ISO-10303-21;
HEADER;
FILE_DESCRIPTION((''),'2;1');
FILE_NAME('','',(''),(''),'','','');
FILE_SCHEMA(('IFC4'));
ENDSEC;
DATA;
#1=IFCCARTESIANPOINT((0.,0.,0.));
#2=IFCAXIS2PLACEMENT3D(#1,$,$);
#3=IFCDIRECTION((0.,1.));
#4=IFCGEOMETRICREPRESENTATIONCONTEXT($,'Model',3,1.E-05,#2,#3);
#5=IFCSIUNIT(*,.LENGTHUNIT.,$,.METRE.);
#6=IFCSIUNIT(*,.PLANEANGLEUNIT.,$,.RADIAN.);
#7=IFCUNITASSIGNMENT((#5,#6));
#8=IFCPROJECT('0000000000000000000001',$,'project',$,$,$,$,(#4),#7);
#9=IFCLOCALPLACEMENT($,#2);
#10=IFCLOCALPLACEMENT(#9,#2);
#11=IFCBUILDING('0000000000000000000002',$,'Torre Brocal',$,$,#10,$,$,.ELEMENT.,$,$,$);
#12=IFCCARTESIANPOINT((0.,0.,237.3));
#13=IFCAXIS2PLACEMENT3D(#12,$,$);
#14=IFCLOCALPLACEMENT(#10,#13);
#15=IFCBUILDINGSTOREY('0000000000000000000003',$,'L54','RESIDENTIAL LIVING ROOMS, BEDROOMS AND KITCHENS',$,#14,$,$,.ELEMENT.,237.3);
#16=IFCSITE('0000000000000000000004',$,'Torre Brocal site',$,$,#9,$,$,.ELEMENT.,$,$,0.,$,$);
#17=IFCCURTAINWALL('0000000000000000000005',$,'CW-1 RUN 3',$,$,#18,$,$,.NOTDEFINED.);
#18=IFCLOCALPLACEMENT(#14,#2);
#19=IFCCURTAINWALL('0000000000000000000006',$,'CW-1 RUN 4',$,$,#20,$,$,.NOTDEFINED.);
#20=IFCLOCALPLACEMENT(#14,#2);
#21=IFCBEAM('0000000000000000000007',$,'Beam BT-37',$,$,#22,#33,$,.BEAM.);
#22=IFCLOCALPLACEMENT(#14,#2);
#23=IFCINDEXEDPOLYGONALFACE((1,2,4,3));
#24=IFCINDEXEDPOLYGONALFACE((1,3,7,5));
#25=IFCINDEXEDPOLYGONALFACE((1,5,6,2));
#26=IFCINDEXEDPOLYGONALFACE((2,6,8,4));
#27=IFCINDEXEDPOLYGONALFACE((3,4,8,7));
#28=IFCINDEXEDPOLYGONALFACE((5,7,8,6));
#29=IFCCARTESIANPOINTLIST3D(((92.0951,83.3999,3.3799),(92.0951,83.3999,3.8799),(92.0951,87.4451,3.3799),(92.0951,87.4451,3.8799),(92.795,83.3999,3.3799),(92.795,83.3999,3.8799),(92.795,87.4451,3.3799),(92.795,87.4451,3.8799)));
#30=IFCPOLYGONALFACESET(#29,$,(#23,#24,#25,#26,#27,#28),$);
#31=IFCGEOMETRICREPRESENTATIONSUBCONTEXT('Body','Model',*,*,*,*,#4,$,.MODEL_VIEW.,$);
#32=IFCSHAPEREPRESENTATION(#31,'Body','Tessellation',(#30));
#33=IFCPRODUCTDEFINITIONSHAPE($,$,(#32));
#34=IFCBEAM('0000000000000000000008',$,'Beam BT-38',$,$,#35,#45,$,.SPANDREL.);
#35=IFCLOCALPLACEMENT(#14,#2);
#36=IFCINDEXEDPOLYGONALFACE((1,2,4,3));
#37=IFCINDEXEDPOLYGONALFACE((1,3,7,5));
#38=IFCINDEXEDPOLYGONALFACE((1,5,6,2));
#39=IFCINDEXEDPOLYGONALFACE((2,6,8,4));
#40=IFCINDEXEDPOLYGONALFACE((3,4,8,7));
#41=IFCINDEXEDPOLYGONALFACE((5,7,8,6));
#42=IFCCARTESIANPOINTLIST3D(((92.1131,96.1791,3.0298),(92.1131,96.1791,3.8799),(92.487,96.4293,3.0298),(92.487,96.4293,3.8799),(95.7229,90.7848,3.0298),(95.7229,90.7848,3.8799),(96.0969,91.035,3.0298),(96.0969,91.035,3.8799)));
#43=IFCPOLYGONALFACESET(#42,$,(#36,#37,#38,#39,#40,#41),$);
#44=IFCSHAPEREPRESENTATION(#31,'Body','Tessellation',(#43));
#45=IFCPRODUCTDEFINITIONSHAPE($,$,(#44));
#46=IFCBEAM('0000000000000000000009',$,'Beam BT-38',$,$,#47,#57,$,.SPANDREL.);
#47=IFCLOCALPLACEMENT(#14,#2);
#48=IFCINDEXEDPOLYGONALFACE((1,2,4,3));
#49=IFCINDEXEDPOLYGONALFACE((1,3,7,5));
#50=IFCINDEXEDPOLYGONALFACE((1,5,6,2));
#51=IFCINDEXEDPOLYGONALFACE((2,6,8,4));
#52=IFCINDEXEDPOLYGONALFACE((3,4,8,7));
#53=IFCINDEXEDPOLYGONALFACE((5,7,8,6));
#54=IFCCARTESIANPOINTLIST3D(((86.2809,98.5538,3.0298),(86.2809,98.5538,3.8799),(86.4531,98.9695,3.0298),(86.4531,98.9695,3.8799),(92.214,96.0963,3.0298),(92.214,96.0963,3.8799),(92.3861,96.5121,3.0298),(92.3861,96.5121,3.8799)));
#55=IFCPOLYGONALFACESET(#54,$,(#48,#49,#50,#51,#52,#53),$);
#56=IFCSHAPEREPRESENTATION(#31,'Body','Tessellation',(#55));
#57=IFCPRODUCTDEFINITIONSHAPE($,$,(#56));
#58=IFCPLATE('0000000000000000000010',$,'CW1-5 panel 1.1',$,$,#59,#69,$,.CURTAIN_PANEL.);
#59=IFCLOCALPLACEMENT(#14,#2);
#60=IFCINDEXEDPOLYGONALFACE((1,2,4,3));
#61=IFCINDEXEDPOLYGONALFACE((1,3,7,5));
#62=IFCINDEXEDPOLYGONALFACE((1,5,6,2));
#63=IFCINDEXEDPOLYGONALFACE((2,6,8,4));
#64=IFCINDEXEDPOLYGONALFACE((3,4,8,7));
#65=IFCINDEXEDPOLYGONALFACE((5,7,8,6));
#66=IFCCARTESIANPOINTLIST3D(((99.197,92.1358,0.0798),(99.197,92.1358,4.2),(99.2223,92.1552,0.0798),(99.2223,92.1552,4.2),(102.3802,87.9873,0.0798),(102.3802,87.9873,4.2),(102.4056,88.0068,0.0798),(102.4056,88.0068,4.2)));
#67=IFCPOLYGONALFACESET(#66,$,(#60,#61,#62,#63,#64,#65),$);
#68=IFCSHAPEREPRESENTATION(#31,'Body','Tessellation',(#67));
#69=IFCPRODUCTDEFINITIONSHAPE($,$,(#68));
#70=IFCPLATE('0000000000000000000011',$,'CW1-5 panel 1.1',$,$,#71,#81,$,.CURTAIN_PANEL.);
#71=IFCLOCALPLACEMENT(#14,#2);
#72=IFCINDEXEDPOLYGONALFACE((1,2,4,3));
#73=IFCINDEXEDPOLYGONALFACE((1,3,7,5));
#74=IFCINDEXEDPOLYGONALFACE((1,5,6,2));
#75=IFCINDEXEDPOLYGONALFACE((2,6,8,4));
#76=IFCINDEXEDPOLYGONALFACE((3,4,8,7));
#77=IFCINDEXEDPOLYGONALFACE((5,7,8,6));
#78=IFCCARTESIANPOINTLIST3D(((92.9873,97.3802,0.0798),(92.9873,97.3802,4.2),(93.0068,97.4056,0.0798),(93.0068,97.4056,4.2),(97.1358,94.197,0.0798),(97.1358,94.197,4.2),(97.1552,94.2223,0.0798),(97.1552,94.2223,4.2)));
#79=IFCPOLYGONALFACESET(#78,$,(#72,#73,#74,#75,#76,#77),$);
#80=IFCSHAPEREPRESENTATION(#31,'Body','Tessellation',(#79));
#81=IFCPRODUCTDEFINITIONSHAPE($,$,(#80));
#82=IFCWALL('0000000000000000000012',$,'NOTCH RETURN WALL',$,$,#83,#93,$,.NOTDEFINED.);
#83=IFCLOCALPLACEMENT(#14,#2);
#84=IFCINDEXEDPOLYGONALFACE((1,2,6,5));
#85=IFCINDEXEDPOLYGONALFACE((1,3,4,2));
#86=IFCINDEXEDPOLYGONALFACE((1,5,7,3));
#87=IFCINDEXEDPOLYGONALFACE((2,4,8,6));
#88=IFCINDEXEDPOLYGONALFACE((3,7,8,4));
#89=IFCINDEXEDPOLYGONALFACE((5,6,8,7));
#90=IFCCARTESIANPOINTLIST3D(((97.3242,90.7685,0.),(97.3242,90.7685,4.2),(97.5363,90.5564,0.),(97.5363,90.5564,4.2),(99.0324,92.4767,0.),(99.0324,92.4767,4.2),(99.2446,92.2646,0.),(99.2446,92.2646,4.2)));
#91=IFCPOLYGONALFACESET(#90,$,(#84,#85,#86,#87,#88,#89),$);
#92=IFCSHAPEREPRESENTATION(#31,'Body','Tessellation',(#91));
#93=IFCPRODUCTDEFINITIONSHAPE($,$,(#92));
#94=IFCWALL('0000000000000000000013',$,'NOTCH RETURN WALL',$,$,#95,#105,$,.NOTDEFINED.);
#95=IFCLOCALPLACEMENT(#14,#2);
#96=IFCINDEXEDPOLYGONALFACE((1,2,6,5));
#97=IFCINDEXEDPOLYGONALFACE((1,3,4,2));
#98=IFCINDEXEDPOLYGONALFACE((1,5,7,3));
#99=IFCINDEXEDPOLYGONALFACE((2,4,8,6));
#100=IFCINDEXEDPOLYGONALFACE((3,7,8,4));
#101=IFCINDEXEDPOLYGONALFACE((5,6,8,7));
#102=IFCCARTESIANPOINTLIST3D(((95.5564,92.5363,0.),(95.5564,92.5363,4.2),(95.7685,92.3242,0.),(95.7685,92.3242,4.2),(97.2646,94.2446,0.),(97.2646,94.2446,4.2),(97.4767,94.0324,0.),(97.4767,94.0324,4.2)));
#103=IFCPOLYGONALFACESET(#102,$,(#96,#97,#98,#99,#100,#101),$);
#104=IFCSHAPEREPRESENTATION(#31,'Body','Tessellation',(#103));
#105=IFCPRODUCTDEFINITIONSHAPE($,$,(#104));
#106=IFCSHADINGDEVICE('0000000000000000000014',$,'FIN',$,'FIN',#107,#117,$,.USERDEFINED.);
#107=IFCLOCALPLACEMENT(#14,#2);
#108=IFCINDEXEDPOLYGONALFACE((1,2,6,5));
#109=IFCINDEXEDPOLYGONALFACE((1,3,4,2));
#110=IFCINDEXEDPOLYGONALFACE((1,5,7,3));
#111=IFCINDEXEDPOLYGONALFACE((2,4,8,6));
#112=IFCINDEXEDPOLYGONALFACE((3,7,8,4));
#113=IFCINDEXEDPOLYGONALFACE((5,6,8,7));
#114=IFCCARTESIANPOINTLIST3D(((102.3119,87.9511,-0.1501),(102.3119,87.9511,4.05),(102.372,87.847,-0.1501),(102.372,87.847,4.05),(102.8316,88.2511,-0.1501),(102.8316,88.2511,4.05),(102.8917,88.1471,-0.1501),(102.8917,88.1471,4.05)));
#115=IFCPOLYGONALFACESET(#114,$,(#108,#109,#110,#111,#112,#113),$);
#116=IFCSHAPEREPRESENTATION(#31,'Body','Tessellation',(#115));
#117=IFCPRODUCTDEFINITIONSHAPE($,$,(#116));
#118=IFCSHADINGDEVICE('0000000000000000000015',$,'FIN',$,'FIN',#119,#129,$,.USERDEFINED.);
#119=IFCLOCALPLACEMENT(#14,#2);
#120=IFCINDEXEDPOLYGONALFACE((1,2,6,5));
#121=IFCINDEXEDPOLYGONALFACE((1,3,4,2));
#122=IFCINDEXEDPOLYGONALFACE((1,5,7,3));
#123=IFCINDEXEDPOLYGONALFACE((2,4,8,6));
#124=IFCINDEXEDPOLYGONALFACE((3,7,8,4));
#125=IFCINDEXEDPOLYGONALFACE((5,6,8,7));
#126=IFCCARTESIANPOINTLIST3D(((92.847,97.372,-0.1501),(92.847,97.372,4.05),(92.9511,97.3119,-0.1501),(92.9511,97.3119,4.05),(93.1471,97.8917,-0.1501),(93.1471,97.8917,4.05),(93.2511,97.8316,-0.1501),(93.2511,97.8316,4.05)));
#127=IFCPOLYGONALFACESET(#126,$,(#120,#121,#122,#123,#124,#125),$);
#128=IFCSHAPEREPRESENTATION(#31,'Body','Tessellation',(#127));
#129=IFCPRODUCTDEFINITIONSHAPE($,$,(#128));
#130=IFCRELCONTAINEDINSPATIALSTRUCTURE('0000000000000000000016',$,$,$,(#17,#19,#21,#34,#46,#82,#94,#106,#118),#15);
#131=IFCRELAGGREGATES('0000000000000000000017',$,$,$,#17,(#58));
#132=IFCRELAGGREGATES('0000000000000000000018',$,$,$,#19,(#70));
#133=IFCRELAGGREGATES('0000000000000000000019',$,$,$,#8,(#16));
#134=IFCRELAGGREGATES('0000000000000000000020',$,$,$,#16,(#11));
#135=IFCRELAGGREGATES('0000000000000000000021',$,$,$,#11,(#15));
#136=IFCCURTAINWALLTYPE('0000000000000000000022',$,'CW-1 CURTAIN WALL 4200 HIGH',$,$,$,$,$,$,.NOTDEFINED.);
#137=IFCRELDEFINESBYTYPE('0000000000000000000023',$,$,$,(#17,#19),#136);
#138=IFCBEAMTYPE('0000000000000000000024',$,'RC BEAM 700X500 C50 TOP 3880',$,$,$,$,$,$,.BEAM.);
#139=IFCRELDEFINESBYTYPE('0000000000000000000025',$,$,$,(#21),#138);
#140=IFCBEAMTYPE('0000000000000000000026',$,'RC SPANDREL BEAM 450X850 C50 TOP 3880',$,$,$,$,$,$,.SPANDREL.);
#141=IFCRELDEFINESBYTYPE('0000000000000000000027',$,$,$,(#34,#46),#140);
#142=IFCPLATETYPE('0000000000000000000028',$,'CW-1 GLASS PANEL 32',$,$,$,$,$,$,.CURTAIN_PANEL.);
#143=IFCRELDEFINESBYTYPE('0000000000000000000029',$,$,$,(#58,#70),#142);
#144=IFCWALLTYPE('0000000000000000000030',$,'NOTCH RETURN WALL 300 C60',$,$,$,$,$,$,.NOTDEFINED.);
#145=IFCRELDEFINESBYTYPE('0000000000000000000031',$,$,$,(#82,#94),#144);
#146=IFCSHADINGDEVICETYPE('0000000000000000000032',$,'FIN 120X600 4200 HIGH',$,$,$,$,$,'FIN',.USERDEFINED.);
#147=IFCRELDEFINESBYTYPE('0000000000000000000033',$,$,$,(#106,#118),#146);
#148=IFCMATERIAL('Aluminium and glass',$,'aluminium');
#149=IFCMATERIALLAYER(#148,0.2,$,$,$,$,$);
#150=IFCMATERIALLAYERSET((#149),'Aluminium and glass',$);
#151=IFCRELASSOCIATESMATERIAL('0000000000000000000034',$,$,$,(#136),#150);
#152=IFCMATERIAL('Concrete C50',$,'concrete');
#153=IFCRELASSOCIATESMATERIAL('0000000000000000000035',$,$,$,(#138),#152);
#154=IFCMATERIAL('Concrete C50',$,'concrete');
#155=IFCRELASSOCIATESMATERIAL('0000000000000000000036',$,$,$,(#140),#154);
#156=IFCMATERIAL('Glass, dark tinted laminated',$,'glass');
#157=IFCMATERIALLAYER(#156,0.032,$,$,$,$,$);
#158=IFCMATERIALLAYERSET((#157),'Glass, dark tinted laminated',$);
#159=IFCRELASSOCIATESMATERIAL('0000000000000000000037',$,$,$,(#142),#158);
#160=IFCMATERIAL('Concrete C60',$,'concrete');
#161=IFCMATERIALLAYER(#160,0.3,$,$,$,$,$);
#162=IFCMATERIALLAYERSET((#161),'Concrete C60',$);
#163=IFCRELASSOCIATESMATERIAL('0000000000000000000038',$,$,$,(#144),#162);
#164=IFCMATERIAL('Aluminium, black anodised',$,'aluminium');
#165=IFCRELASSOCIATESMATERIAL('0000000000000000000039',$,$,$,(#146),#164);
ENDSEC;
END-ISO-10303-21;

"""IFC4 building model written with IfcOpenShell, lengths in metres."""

from ifc_helpers import new_model, si_unit, direction, frame, frame_2d, origin, origin_2d, place, context, subcontext, project, spatial, rectangle, extrude, material, layer, layer_set, material_profile, profile_set, type_object, element, aggregate, save


model = new_model("IFC4")

# Units and contexts
model_context = context("Model", 3, precision=1e-05, world=origin(), true_north=direction((0.0, 1.0)))
body_context = subcontext(model_context, "Body", "Model", "MODEL_VIEW")
ifc_project = project(units=[si_unit("LENGTHUNIT", "METRE"), si_unit("PLANEANGLEUNIT", "RADIAN")], contexts=[model_context])

# Site, building, storey
site_placement = place(None, origin())
site = spatial("IfcSite", under=ifc_project, at=site_placement, Name="Torre Brocal site", CompositionType="ELEMENT", RefElevation=0.0)
building_placement = place(site_placement, origin())
building = spatial("IfcBuilding", under=site, at=building_placement, Name="Torre Brocal", CompositionType="ELEMENT")
storey_placement = place(building_placement, frame((0.0, 0.0, 237.3)))
storey = spatial("IfcBuildingStorey", under=building, at=storey_placement, Name="L54", Description="RESIDENTIAL LIVING ROOMS, BEDROOMS AND KITCHENS", CompositionType="ELEMENT", Elevation=237.3)

# Shared definitions
ifc_material_1 = material(Name="Aluminium and glass", Category="aluminium")
ifc_layer_1 = layer(ifc_material_1, 0.2)
ifc_layer_set_1 = layer_set([ifc_layer_1], Name="Aluminium and glass")
curtain_wall_type = type_object("IfcCurtainWallType", Name="CW-1 CURTAIN WALL 4200 HIGH", PredefinedType="NOTDEFINED", material=ifc_layer_set_1)

# Curtain walls
curtain_wall_1_placement = place(storey_placement, origin())
curtain_wall_1 = element("IfcCurtainWall", 1, at=curtain_wall_1_placement, inside=storey, type_object=curtain_wall_type, Name="CW-1 RUN 3", PredefinedType="NOTDEFINED")
curtain_wall_2_placement = place(storey_placement, origin())
curtain_wall_2 = element("IfcCurtainWall", 2, at=curtain_wall_2_placement, inside=storey, type_object=curtain_wall_type, Name="CW-1 RUN 4", PredefinedType="NOTDEFINED")

# Beams
ifc_material_2 = material(Name="Concrete C50", Category="concrete")
ifc_material_profile_1 = material_profile(ifc_material_2, rectangle(XDim=0.7, YDim=0.5, at=origin_2d()), Name="RC 700X500")
ifc_profile_set_1 = profile_set([ifc_material_profile_1], Name="Concrete C50")
beam_type_1 = type_object("IfcBeamType", Name="RC BEAM 700X500 C50 TOP 3880", PredefinedType="BEAM", material=ifc_profile_set_1)
beam_1_placement = place(storey_placement, frame((92.4451, 87.4451, 3.6299), z_axis=(0.0, -1.0, 0.0), x_axis=(1.0, 0.0, 0.0)))
element("IfcBeam", 3, at=beam_1_placement, inside=storey, type_object=beam_type_1, Name="Beam BT-37", PredefinedType="BEAM", context=body_context, shape_type="SweptSolid", body=[
    extrude(rectangle(XDim=0.7, YDim=0.5, at=origin_2d()), origin(), (0.0, 0.0, 1.0), 4.0452),
])
ifc_material_3 = material(Name="Concrete C50", Category="concrete")
ifc_material_profile_2 = material_profile(ifc_material_3, rectangle(XDim=0.45, YDim=0.8501, at=origin_2d()), Name="RC 450X850")
ifc_profile_set_2 = profile_set([ifc_material_profile_2], Name="Concrete C50")
beam_type_2 = type_object("IfcBeamType", Name="RC SPANDREL BEAM 450X850 C50 TOP 3880", PredefinedType="SPANDREL", material=ifc_profile_set_2)
beam_2_placement = place(storey_placement, frame((95.9099, 90.9099, 3.4548), z_axis=(-0.556158, 0.831077, 0.0), x_axis=(-0.831077, -0.556158, 0.0)))
element("IfcBeam", 4, at=beam_2_placement, inside=storey, type_object=beam_type_2, Name="Beam BT-38", PredefinedType="SPANDREL", context=body_context, shape_type="SweptSolid", body=[
    extrude(rectangle(XDim=0.45, YDim=0.8501, at=origin_2d()), origin(), (0.0, 0.0, 1.0), 6.4907),
])
beam_3_placement = place(storey_placement, frame((92.3, 96.3042, 3.4548), z_axis=(-0.923882, 0.382676, 0.0), x_axis=(-0.382676, -0.923882, 0.0)))
element("IfcBeam", 5, at=beam_3_placement, inside=storey, type_object=beam_type_2, Name="Beam BT-38", PredefinedType="SPANDREL", context=body_context, shape_type="SweptSolid", body=[
    extrude(rectangle(XDim=0.45, YDim=0.8501, at=origin_2d()), origin(), (0.0, 0.0, 1.0), 6.4219),
])

# Plates
ifc_material_4 = material(Name="Glass, dark tinted laminated", Category="glass")
ifc_layer_2 = layer(ifc_material_4, 0.032)
ifc_layer_set_2 = layer_set([ifc_layer_2], Name="Glass, dark tinted laminated")
plate_type = type_object("IfcPlateType", Name="CW-1 GLASS PANEL 32", PredefinedType="CURTAIN_PANEL", material=ifc_layer_set_2)
plate_1_placement = place(storey_placement, frame((100.8013, 90.0713, 0.0798), z_axis=(0.0, 0.0, 1.0), x_axis=(-0.608761, 0.793353, 0.0)))
plate_1 = element("IfcPlate", 6, at=plate_1_placement, type_object=plate_type, Name="CW1-5 panel 1.1", PredefinedType="CURTAIN_PANEL", context=body_context, shape_type="SweptSolid", body=[
    extrude(rectangle(XDim=5.229, YDim=0.032, at=origin_2d()), origin(), (0.0, 0.0, 1.0), 4.1201),
])
aggregate(curtain_wall_1, [plate_1])
plate_2_placement = place(storey_placement, frame((95.0713, 95.8013, 0.0798), z_axis=(0.0, 0.0, 1.0), x_axis=(-0.793353, 0.608761, 0.0)))
plate_2 = element("IfcPlate", 7, at=plate_2_placement, type_object=plate_type, Name="CW1-5 panel 1.1", PredefinedType="CURTAIN_PANEL", context=body_context, shape_type="SweptSolid", body=[
    extrude(rectangle(XDim=5.229, YDim=0.032, at=origin_2d()), origin(), (0.0, 0.0, 1.0), 4.1201),
])
aggregate(curtain_wall_2, [plate_2])

# Walls
ifc_material_5 = material(Name="Concrete C60", Category="concrete")
ifc_layer_3 = layer(ifc_material_5, 0.3)
ifc_layer_set_3 = layer_set([ifc_layer_3], Name="Concrete C60")
wall_type = type_object("IfcWallType", Name="NOTCH RETURN WALL 300 C60", PredefinedType="NOTDEFINED", material=ifc_layer_set_3)
for number, where, z_axis, x_axis, name in (
    (8, (97.4302, 90.6624, 0.0), (0.0, 0.0, 1.0), (0.707107, 0.707107, 0.0), "NOTCH RETURN WALL"),
    (9, (95.6624, 92.4302, 0.0), (0.0, 0.0, 1.0), (0.707107, 0.707107, 0.0), "NOTCH RETURN WALL"),
):
    element("IfcWall", number, at=place(storey_placement, frame(where, z_axis=z_axis, x_axis=x_axis)), inside=storey, type_object=wall_type, Name=name, PredefinedType="NOTDEFINED", context=body_context, shape_type="SweptSolid", body=[
        extrude(rectangle(XDim=2.4158, YDim=0.3, at=frame_2d((1.208, 0.0))), origin(), (0.0, 0.0, 1.0), 4.2),
    ])

# Shading devices
ifc_material_6 = material(Name="Aluminium, black anodised", Category="aluminium")
ifc_material_profile_3 = material_profile(ifc_material_6, rectangle(XDim=0.1201, YDim=0.6001, at=origin_2d()), Name="FIN 120X600 4200 HIGH")
ifc_profile_set_3 = profile_set([ifc_material_profile_3], Name="Aluminium, black anodised")
shading_device_type = type_object("IfcShadingDeviceType", Name="FIN 120X600 4200 HIGH", ElementType="FIN", PredefinedType="USERDEFINED", material=ifc_profile_set_3)
for number, where, z_axis, x_axis, name in (
    (10, (102.6018, 88.0491, -0.1501), (0.0, 0.0, 1.0), (-0.5, 0.866025, 0.0), "FIN"),
    (11, (93.0491, 97.6018, -0.1501), (0.0, 0.0, 1.0), (-0.866025, 0.5, 0.0), "FIN"),
):
    element("IfcShadingDevice", number, at=place(storey_placement, frame(where, z_axis=z_axis, x_axis=x_axis)), inside=storey, type_object=shading_device_type, Name=name, ObjectType="FIN", PredefinedType="USERDEFINED", context=body_context, shape_type="SweptSolid", body=[
        extrude(rectangle(XDim=0.1201, YDim=0.6001, at=origin_2d()), origin(), (0.0, 0.0, 1.0), 4.2002),
    ])

save(model, "model.ifc")
